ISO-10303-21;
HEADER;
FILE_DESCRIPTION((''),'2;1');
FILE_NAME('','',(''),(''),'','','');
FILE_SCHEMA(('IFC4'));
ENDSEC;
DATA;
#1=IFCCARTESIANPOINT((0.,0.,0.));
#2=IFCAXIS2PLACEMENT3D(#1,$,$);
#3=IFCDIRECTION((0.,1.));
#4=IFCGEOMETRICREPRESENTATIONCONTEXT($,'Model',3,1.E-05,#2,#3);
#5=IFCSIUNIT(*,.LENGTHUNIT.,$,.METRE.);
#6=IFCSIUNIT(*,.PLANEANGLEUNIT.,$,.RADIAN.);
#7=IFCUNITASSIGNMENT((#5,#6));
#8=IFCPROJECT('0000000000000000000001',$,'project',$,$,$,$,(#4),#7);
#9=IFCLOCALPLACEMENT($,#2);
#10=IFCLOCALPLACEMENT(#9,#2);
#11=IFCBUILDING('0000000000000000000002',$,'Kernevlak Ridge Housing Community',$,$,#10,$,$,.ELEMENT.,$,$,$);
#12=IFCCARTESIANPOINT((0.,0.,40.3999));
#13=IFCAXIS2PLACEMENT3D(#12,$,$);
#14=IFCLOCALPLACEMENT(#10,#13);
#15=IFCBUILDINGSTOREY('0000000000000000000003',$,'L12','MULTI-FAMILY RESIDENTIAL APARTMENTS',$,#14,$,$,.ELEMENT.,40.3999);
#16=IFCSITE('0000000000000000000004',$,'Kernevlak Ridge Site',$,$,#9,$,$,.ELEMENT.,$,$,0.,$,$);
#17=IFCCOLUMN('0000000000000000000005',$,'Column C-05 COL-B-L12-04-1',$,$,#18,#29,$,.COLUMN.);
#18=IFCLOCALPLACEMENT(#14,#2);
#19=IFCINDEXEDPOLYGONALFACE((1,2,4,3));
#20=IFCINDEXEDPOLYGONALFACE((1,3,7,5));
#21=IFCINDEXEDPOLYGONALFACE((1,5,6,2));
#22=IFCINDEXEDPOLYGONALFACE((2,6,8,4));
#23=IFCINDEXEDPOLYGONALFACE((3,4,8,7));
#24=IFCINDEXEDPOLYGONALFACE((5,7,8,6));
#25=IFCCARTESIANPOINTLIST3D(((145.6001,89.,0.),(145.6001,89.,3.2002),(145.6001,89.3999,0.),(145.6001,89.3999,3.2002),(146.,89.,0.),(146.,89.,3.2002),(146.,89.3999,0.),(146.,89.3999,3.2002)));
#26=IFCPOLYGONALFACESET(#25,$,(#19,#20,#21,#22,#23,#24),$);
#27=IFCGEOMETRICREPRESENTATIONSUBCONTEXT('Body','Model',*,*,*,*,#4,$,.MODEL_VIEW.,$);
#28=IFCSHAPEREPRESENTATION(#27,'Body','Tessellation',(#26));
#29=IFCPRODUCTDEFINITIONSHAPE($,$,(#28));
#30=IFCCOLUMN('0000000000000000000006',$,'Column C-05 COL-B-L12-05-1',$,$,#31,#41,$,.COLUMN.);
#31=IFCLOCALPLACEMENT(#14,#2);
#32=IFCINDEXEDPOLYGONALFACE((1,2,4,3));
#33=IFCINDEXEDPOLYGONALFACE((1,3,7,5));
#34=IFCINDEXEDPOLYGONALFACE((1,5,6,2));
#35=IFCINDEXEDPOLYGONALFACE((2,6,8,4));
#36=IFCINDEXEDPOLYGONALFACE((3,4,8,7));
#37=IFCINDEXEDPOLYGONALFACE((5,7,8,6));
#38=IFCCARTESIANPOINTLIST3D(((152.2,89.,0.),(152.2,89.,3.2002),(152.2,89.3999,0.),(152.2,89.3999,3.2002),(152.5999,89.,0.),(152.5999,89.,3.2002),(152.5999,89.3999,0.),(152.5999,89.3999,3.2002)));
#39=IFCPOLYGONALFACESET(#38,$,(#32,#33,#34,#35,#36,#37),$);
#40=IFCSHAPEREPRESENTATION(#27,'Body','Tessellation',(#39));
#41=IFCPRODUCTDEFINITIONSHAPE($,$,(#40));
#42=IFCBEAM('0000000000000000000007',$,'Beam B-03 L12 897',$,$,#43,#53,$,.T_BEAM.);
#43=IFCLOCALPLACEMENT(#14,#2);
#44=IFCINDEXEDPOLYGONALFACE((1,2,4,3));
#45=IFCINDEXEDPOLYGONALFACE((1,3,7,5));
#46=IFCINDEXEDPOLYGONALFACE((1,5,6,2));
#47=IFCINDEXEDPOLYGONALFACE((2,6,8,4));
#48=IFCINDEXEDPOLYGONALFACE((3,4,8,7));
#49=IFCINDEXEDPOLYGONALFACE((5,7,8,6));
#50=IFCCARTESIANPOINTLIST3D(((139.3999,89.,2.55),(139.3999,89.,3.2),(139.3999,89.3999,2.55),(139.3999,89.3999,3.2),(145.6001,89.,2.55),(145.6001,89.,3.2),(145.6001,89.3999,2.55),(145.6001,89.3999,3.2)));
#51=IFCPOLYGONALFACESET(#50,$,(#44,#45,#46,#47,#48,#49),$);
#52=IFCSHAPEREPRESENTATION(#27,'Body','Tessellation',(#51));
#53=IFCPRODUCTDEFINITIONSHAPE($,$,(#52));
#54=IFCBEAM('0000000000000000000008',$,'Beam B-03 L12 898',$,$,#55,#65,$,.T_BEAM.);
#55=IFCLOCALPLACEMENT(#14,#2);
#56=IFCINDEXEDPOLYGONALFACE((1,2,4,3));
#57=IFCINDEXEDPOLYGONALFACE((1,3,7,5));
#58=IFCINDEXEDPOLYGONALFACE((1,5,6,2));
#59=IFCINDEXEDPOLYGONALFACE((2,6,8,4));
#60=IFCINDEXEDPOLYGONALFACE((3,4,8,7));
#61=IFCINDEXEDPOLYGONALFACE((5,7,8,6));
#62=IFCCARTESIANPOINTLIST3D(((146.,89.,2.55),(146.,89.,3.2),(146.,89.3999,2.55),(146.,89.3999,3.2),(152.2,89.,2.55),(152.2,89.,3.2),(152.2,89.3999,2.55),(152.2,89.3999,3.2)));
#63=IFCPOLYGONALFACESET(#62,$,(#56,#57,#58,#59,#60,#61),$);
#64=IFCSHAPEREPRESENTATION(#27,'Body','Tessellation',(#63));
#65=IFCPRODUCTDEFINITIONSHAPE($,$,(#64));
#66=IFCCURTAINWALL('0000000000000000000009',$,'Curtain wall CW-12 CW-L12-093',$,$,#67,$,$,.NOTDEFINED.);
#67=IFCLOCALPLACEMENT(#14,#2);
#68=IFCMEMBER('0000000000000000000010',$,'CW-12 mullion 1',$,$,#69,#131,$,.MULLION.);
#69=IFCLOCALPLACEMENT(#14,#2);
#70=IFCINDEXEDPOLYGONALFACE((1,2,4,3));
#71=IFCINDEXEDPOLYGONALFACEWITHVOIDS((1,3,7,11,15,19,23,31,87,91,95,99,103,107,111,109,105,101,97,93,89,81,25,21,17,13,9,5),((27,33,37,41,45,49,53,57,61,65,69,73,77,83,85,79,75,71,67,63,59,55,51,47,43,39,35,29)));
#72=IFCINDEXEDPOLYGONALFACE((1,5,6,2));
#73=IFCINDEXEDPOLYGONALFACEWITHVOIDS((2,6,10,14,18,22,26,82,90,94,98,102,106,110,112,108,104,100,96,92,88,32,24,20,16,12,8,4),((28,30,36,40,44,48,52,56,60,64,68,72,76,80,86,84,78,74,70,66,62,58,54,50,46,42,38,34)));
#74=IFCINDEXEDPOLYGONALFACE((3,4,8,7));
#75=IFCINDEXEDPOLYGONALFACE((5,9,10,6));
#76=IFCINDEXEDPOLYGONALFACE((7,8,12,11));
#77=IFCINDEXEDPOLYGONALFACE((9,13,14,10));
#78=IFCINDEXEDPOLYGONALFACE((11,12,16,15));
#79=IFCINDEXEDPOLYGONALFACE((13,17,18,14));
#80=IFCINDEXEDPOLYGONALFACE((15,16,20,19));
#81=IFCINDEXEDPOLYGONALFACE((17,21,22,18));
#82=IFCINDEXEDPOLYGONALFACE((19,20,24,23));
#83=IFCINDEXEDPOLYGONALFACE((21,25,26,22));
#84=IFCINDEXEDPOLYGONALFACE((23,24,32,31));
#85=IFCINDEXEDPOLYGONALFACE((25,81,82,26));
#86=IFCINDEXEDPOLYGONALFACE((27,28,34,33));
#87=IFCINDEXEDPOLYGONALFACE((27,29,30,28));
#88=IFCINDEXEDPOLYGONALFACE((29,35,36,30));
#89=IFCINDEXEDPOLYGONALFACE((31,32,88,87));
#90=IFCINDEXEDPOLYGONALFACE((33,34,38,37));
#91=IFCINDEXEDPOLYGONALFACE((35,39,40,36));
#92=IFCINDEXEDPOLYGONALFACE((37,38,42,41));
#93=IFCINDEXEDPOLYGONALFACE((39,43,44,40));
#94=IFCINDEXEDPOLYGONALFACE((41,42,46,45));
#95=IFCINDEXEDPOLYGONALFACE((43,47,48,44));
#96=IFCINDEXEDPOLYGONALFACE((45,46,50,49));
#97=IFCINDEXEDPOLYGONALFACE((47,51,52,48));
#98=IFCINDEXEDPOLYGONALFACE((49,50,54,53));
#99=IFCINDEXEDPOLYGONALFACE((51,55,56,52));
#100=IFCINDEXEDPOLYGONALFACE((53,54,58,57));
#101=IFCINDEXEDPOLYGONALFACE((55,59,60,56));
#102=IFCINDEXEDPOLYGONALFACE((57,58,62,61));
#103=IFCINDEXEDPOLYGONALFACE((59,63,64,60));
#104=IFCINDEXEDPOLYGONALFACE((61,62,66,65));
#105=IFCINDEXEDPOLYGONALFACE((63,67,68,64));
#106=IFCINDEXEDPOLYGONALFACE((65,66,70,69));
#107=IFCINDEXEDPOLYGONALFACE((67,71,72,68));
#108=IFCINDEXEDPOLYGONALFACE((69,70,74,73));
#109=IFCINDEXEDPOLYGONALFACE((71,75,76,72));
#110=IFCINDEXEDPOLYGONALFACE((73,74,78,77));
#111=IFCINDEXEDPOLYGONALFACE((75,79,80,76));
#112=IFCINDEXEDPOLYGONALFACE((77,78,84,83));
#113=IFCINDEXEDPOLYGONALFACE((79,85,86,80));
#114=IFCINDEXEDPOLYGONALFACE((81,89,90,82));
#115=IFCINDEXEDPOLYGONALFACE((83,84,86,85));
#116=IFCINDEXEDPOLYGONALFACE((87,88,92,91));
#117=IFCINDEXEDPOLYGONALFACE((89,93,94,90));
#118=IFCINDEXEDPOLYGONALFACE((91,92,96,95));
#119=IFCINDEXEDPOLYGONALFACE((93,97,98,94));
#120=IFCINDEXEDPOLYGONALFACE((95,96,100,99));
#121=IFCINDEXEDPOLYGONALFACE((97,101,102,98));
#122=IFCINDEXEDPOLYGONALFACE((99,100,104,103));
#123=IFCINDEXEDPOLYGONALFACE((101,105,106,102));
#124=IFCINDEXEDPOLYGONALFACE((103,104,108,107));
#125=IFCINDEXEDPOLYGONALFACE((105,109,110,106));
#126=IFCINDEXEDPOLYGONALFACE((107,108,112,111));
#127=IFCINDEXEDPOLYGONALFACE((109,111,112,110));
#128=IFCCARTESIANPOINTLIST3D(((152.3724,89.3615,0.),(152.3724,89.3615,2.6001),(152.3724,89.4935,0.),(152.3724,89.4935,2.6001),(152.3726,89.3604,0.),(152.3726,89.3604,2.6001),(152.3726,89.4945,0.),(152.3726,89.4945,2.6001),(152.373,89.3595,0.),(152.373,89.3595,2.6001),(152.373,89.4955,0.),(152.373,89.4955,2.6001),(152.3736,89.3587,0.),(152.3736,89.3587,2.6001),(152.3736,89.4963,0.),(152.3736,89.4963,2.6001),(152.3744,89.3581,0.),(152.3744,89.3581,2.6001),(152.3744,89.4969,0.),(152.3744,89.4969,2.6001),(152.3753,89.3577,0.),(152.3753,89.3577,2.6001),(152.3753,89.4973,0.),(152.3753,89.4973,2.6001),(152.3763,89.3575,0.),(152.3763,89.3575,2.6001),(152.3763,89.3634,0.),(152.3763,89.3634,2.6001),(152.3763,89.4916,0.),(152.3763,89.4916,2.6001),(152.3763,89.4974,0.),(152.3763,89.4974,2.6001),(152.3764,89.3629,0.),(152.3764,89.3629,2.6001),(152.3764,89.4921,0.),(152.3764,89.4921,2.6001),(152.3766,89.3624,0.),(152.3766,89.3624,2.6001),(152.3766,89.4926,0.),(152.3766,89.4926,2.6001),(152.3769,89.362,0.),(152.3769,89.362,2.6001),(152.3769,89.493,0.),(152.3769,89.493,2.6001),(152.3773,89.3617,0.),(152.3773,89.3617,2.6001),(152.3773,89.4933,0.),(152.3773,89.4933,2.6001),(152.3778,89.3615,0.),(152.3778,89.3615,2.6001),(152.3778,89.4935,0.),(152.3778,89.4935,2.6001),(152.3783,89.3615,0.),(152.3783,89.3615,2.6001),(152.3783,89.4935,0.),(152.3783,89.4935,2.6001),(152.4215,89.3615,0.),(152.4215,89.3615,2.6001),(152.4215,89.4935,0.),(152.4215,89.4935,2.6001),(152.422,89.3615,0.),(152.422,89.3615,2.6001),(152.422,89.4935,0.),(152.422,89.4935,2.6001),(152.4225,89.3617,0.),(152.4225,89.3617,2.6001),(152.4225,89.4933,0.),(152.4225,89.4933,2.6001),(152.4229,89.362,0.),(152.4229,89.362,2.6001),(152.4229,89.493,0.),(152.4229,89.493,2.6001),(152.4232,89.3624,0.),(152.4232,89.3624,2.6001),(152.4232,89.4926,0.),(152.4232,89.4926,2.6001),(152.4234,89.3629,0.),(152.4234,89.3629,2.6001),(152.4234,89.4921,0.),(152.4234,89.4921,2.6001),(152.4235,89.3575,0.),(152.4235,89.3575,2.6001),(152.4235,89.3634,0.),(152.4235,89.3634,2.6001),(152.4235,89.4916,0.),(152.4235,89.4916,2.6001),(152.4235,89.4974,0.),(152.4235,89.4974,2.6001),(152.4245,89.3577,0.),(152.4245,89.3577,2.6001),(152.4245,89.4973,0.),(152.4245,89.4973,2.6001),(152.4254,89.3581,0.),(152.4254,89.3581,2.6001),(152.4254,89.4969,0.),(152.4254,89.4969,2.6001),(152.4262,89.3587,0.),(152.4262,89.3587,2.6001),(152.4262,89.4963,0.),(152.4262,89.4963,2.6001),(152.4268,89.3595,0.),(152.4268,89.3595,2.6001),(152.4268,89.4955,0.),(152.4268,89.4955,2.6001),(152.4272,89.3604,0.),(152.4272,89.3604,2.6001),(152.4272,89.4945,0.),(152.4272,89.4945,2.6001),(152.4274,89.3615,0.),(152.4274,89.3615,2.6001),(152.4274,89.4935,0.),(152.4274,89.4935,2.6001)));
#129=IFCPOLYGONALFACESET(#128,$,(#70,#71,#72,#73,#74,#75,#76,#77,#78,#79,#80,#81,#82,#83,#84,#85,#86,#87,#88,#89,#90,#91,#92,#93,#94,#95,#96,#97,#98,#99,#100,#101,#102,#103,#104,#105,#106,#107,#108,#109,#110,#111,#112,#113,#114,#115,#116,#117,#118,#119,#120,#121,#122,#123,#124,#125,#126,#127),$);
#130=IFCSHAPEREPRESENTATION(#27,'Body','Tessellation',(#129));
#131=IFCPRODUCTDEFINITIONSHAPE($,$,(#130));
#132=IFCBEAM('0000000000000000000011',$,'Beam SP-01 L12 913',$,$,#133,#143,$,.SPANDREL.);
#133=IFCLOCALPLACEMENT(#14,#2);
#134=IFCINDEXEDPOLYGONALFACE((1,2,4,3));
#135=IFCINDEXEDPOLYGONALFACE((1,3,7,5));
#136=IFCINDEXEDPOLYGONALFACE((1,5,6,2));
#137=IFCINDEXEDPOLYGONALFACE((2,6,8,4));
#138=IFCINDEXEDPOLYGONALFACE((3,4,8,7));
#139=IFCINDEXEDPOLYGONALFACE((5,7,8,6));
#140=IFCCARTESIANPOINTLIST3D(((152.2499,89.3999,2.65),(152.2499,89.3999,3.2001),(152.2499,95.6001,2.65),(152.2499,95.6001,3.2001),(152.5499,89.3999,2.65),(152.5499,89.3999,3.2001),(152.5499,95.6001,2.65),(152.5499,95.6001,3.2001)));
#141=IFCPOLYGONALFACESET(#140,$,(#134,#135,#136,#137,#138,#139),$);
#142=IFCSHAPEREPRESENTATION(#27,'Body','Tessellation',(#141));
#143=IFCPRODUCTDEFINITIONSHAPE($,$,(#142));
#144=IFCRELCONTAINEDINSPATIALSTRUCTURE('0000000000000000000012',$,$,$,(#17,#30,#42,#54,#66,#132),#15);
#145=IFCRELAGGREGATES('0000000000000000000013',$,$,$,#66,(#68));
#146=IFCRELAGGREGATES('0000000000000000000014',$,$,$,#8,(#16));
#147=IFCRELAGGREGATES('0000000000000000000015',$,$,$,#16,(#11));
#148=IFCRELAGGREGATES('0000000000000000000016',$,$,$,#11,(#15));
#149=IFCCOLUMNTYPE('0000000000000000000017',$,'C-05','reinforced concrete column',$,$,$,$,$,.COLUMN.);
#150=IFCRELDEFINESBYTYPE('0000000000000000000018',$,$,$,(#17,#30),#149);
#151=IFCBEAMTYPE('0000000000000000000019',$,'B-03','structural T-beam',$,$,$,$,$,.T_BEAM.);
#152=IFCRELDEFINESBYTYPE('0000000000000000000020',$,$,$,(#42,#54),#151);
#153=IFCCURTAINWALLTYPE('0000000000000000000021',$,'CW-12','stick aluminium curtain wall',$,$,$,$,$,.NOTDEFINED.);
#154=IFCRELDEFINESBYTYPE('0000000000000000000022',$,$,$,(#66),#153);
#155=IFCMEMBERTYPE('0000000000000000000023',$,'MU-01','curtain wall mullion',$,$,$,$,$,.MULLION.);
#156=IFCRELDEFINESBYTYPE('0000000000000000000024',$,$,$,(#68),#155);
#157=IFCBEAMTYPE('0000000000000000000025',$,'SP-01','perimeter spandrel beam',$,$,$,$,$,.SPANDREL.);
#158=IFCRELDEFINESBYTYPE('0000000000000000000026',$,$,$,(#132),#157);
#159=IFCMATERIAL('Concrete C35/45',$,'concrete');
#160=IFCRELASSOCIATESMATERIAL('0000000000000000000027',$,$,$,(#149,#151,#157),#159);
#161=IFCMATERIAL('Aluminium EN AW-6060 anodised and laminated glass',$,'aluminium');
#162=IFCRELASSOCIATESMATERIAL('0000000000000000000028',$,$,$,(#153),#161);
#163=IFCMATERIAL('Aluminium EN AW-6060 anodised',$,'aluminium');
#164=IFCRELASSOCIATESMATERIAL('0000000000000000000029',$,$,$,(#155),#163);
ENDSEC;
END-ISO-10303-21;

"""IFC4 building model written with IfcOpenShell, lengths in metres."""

from ifc_helpers import new_model, si_unit, direction, frame, origin, origin_2d, place, context, subcontext, project, spatial, rectangle, hollow_rectangle, extrude, material, material_profile, profile_set, type_object, element, aggregate, save


model = new_model("IFC4")

# Units and contexts
model_context = context("Model", 3, precision=1e-05, world=origin(), true_north=direction((0.0, 1.0)))
body_context = subcontext(model_context, "Body", "Model", "MODEL_VIEW")
ifc_project = project(units=[si_unit("LENGTHUNIT", "METRE"), si_unit("PLANEANGLEUNIT", "RADIAN")], contexts=[model_context])

# Site, building, storey
site_placement = place(None, origin())
site = spatial("IfcSite", under=ifc_project, at=site_placement, Name="Kernevlak Ridge Site", CompositionType="ELEMENT", RefElevation=0.0)
building_placement = place(site_placement, origin())
building = spatial("IfcBuilding", under=site, at=building_placement, Name="Kernevlak Ridge Housing Community", CompositionType="ELEMENT")
storey_placement = place(building_placement, frame((0.0, 0.0, 40.3999)))
storey = spatial("IfcBuildingStorey", under=building, at=storey_placement, Name="L12", Description="MULTI-FAMILY RESIDENTIAL APARTMENTS", CompositionType="ELEMENT", Elevation=40.3999)

# Columns
ifc_material_1 = material(Name="Concrete C35/45", Category="concrete")
ifc_material_profile_1 = material_profile(ifc_material_1, rectangle(XDim=0.3999, YDim=0.3999, at=origin_2d()), Name="RC 400x400")
ifc_profile_set_1 = profile_set([ifc_material_profile_1], Name="Concrete C35/45")
column_type = type_object("IfcColumnType", Name="C-05", Description="reinforced concrete column", PredefinedType="COLUMN", material=ifc_profile_set_1)
for number, where, z_axis, x_axis, name in (
    (1, (145.8, 89.2, 0.0), (0.0, 0.0, 1.0), (1.0, 0.0, 0.0), "Column C-05 COL-B-L12-04-1"),
    (2, (152.3999, 89.2, 0.0), (0.0, 0.0, 1.0), (1.0, 0.0, 0.0), "Column C-05 COL-B-L12-05-1"),
):
    element("IfcColumn", number, at=place(storey_placement, frame(where, z_axis=z_axis, x_axis=x_axis)), inside=storey, type_object=column_type, Name=name, PredefinedType="COLUMN", context=body_context, shape_type="SweptSolid", body=[
        extrude(rectangle(XDim=0.3999, YDim=0.3999, at=origin_2d()), origin(), (0.0, 0.0, 1.0), 3.2002),
    ])

# Beams
ifc_material_profile_2 = material_profile(ifc_material_1, rectangle(XDim=0.3999, YDim=0.6499, at=origin_2d()), Name="RC 400x650")
ifc_profile_set_2 = profile_set([ifc_material_profile_2], Name="Concrete C35/45")
beam_type_1 = type_object("IfcBeamType", Name="B-03", Description="structural T-beam", PredefinedType="T_BEAM", material=ifc_profile_set_2)
beam_1_placement = place(storey_placement, frame((139.3999, 89.2, 2.875), z_axis=(1.0, 0.0, 0.0), x_axis=(0.0, 1.0, 0.0)))
element("IfcBeam", 3, at=beam_1_placement, inside=storey, type_object=beam_type_1, Name="Beam B-03 L12 897", PredefinedType="T_BEAM", context=body_context, shape_type="SweptSolid", body=[
    extrude(rectangle(XDim=0.3999, YDim=0.6499, at=origin_2d()), origin(), (0.0, 0.0, 1.0), 6.2002),
])
beam_2_placement = place(storey_placement, frame((146.0, 89.2, 2.875), z_axis=(1.0, 0.0, 0.0), x_axis=(0.0, 1.0, 0.0)))
element("IfcBeam", 4, at=beam_2_placement, inside=storey, type_object=beam_type_1, Name="Beam B-03 L12 898", PredefinedType="T_BEAM", context=body_context, shape_type="SweptSolid", body=[
    extrude(rectangle(XDim=0.3999, YDim=0.6499, at=origin_2d()), origin(), (0.0, 0.0, 1.0), 6.2),
])

# Curtain wall, member
ifc_material_2 = material(Name="Aluminium EN AW-6060 anodised and laminated glass", Category="aluminium")
curtain_wall_type = type_object("IfcCurtainWallType", Name="CW-12", Description="stick aluminium curtain wall", PredefinedType="NOTDEFINED", material=ifc_material_2)
curtain_wall_placement = place(storey_placement, origin())
curtain_wall = element("IfcCurtainWall", 5, at=curtain_wall_placement, inside=storey, type_object=curtain_wall_type, Name="Curtain wall CW-12 CW-L12-093", PredefinedType="NOTDEFINED")
ifc_material_3 = material(Name="Aluminium EN AW-6060 anodised", Category="aluminium")
ifc_material_profile_3 = material_profile(ifc_material_3, hollow_rectangle(XDim=0.0549, YDim=0.1399, WallThickness=0.0039, InnerFilletRadius=0.002, OuterFilletRadius=0.0039, at=origin_2d()), Name="ALU 55x140x4")
ifc_profile_set_3 = profile_set([ifc_material_profile_3], Name="Aluminium EN AW-6060 anodised")
member_type_1 = type_object("IfcMemberType", Name="MU-01", Description="curtain wall mullion", PredefinedType="MULLION", material=ifc_profile_set_3)
member_1_placement = place(storey_placement, frame((152.3999, 89.4275, 0.0), z_axis=(0.0, 0.0, 1.0), x_axis=(-1.0, 0.0, 0.0)))
member_1 = element("IfcMember", 6, at=member_1_placement, type_object=member_type_1, Name="CW-12 mullion 1", PredefinedType="MULLION", context=body_context, shape_type="SweptSolid", body=[
    extrude(hollow_rectangle(XDim=0.0549, YDim=0.1399, WallThickness=0.0039, InnerFilletRadius=0.002, OuterFilletRadius=0.0039, at=origin_2d()), origin(), (0.0, 0.0, 1.0), 2.6001),
])

# Beam
ifc_material_profile_4 = material_profile(ifc_material_1, rectangle(XDim=0.3, YDim=0.55, at=origin_2d()), Name="RC 300x550")
ifc_profile_set_4 = profile_set([ifc_material_profile_4], Name="Concrete C35/45")
beam_type_2 = type_object("IfcBeamType", Name="SP-01", Description="perimeter spandrel beam", PredefinedType="SPANDREL", material=ifc_profile_set_4)
beam_3_placement = place(storey_placement, frame((152.3999, 89.3999, 2.925), z_axis=(0.0, 1.0, 0.0), x_axis=(-1.0, 0.0, 0.0)))
element("IfcBeam", 7, at=beam_3_placement, inside=storey, type_object=beam_type_2, Name="Beam SP-01 L12 913", PredefinedType="SPANDREL", context=body_context, shape_type="SweptSolid", body=[
    extrude(rectangle(XDim=0.3, YDim=0.55, at=origin_2d()), origin(), (0.0, 0.0, 1.0), 6.2002),
])

aggregate(curtain_wall, [member_1])

save(model, "model.ifc")
